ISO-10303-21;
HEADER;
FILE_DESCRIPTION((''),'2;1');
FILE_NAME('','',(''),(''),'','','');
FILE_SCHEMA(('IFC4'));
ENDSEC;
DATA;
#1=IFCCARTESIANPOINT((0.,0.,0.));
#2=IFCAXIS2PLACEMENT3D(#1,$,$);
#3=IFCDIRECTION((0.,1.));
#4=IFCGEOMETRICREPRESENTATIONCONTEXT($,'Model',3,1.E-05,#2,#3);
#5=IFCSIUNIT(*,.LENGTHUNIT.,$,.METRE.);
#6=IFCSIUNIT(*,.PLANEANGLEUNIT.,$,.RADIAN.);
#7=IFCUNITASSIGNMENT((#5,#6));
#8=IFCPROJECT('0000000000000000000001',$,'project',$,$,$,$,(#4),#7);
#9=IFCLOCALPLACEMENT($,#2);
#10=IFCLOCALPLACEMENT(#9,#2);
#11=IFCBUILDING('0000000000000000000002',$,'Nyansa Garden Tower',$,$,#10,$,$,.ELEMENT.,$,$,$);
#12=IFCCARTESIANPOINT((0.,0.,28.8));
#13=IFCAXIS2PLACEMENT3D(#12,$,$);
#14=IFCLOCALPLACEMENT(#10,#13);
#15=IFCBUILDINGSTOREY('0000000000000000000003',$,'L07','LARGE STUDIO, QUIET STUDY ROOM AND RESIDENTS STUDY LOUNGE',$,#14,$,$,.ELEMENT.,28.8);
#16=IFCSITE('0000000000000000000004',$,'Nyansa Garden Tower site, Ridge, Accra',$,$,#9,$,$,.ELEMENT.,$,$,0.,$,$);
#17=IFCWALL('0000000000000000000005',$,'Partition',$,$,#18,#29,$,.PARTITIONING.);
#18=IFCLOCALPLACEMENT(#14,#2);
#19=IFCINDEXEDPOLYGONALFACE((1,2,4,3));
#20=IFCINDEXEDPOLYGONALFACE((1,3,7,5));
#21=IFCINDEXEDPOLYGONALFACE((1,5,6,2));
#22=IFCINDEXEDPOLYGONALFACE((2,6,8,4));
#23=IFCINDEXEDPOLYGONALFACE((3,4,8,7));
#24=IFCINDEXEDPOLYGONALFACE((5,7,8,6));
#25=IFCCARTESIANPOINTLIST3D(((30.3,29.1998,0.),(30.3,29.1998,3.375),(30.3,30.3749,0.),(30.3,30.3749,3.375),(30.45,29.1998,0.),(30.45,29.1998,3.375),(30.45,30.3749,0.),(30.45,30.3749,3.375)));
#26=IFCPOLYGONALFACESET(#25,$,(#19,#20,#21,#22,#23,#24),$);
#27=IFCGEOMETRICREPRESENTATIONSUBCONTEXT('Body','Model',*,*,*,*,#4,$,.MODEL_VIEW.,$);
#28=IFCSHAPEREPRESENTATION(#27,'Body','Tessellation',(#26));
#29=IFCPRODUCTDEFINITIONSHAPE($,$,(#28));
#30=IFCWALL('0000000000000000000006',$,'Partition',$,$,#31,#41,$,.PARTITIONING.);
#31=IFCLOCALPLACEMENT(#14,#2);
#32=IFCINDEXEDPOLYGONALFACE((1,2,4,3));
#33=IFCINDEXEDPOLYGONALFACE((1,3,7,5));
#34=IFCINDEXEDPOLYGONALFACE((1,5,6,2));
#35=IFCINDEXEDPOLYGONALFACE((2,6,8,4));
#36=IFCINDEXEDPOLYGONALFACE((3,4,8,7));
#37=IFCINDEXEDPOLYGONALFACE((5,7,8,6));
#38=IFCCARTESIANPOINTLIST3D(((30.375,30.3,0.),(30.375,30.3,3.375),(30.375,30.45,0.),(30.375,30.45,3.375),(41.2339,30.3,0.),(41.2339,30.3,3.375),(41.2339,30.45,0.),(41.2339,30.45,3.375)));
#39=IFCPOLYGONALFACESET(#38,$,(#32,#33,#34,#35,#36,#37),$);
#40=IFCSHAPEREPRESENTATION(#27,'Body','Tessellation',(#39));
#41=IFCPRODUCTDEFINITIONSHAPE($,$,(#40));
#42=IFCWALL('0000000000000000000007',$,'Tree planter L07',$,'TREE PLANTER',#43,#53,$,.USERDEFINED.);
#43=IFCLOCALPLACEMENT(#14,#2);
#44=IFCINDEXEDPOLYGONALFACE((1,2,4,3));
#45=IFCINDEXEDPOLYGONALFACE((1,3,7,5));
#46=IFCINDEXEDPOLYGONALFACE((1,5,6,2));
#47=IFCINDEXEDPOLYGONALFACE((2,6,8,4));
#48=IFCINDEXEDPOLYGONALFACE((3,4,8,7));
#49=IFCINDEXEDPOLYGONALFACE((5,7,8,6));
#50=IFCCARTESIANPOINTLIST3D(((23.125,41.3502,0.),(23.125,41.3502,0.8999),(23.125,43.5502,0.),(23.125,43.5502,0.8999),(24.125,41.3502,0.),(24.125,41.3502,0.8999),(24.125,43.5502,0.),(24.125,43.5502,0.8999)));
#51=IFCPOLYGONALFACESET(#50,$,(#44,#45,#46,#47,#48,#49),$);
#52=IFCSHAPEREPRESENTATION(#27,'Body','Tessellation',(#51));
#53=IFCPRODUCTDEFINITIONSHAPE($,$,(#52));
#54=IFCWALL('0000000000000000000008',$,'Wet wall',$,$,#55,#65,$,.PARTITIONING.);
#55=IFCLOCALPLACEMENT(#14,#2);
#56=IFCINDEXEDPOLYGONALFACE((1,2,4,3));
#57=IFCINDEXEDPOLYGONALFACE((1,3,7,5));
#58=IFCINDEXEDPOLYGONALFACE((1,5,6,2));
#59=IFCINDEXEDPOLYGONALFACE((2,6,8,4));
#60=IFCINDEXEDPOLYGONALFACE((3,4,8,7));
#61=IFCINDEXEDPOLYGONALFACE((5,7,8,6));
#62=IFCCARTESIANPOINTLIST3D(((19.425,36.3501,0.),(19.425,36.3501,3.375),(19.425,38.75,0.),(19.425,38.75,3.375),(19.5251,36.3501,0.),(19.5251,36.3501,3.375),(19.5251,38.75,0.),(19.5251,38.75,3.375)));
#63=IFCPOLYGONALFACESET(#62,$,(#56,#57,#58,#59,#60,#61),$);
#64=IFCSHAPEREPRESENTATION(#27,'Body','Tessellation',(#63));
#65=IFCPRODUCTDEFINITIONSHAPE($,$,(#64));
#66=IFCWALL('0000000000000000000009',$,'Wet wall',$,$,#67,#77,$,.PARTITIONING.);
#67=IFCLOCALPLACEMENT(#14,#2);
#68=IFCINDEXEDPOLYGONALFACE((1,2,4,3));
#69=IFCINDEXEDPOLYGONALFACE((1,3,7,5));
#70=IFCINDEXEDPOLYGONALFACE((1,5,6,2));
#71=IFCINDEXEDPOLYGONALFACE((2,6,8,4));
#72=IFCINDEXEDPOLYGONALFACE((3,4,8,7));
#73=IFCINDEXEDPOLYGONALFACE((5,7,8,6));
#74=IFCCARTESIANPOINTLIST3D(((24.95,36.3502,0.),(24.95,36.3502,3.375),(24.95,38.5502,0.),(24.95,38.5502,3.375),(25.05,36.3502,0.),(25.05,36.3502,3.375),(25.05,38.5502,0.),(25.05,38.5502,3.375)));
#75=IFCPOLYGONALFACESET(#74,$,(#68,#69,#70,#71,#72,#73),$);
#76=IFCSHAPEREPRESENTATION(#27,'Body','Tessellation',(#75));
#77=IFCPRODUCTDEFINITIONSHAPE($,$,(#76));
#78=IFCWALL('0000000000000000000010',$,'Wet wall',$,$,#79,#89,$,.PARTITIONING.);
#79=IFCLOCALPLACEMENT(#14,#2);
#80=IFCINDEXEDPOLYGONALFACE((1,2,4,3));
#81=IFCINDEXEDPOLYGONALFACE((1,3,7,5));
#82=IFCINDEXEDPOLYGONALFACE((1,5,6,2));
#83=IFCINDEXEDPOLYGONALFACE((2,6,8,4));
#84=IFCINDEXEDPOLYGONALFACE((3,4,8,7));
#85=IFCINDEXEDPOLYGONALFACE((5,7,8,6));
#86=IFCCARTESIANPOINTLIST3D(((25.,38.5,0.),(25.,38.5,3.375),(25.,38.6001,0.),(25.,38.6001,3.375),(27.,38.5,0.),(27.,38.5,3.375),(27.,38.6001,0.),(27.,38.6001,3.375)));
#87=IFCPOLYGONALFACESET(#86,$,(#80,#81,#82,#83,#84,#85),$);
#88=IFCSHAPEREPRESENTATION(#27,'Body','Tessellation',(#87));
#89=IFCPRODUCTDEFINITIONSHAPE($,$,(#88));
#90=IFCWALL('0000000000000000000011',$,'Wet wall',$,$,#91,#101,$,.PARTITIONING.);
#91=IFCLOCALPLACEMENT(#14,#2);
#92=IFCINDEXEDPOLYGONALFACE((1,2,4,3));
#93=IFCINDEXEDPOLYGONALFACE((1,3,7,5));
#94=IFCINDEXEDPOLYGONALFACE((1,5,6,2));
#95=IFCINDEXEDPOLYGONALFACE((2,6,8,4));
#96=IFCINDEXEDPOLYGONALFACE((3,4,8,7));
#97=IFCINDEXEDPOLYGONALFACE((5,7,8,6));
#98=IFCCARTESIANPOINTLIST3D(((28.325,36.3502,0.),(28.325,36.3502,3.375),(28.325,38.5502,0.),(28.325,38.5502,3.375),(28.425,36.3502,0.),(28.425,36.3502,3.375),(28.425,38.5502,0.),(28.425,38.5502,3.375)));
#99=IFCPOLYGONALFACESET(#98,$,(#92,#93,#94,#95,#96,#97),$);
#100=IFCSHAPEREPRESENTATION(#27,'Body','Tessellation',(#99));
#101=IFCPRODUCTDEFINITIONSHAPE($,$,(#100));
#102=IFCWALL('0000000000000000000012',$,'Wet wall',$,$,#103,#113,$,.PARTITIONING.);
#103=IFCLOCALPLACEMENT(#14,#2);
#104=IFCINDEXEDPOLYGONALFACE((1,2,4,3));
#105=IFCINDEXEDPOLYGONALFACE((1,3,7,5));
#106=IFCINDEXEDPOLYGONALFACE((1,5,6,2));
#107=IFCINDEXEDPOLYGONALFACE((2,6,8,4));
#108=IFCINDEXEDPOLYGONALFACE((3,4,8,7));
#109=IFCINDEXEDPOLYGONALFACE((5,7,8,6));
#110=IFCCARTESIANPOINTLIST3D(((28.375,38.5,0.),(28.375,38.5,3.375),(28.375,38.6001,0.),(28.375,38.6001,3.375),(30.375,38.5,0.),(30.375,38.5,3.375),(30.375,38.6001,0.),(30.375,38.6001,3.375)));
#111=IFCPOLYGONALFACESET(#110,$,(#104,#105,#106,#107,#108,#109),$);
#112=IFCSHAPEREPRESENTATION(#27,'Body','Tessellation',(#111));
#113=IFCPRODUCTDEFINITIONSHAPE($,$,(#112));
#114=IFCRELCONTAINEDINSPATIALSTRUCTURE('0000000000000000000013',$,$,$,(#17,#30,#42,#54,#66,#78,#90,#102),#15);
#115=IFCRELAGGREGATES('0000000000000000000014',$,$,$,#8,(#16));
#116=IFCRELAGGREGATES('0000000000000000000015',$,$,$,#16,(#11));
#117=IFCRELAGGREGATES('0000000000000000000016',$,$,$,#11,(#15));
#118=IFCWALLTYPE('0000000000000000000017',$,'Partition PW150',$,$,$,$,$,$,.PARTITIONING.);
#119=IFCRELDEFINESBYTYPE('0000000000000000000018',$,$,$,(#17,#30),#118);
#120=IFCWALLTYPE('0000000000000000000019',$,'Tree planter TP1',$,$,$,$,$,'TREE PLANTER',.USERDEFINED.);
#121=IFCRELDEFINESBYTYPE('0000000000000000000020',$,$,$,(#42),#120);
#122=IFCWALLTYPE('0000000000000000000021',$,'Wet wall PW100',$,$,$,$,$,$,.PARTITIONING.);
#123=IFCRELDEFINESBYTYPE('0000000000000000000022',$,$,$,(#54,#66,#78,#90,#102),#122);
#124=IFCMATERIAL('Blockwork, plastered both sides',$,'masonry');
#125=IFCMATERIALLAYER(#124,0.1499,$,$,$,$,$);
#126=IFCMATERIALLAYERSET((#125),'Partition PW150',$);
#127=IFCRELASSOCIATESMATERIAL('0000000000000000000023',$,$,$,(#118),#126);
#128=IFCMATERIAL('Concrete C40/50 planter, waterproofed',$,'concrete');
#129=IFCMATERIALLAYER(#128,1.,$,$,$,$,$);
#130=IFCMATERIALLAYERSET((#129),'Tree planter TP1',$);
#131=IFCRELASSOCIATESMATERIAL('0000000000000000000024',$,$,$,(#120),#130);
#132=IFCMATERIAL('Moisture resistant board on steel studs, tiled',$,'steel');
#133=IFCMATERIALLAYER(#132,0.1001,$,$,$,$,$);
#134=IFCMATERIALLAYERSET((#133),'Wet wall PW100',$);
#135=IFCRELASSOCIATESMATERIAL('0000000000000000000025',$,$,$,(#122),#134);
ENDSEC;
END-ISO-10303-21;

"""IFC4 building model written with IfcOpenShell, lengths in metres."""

from ifc_helpers import new_model, si_unit, direction, frame, frame_2d, origin, place, context, subcontext, project, spatial, rectangle, extrude, material, layer, layer_set, type_object, element, save


model = new_model("IFC4")

# Units and contexts
model_context = context("Model", 3, precision=1e-05, world=origin(), true_north=direction((0.0, 1.0)))
body_context = subcontext(model_context, "Body", "Model", "MODEL_VIEW")
ifc_project = project(units=[si_unit("LENGTHUNIT", "METRE"), si_unit("PLANEANGLEUNIT", "RADIAN")], contexts=[model_context])

# Site, building, storey
site_placement = place(None, origin())
site = spatial("IfcSite", under=ifc_project, at=site_placement, Name="Nyansa Garden Tower site, Ridge, Accra", CompositionType="ELEMENT", RefElevation=0.0)
building_placement = place(site_placement, origin())
building = spatial("IfcBuilding", under=site, at=building_placement, Name="Nyansa Garden Tower", CompositionType="ELEMENT")
storey_placement = place(building_placement, frame((0.0, 0.0, 28.8)))
storey = spatial("IfcBuildingStorey", under=building, at=storey_placement, Name="L07", Description="LARGE STUDIO, QUIET STUDY ROOM AND RESIDENTS STUDY LOUNGE", CompositionType="ELEMENT", Elevation=28.8)

# Walls
ifc_material_1 = material(Name="Blockwork, plastered both sides", Category="masonry")
ifc_layer_1 = layer(ifc_material_1, 0.1499)
ifc_layer_set_1 = layer_set([ifc_layer_1], Name="Partition PW150")
wall_type_1 = type_object("IfcWallType", Name="Partition PW150", PredefinedType="PARTITIONING", material=ifc_layer_set_1)
wall_1_placement = place(storey_placement, frame((30.375, 29.2, 0.0), z_axis=(0.0, 0.0, 1.0), x_axis=(0.0, 1.0, 0.0)))
element("IfcWall", 1, at=wall_1_placement, inside=storey, type_object=wall_type_1, Name="Partition", PredefinedType="PARTITIONING", context=body_context, shape_type="SweptSolid", body=[
    extrude(rectangle(XDim=1.175, YDim=0.1499, at=frame_2d((0.5874, 0.0))), origin(), (0.0, 0.0, 1.0), 3.375),
])
wall_2_placement = place(storey_placement, frame((30.375, 30.375, 0.0), z_axis=(0.0, 0.0, 1.0), x_axis=(1.0, 0.0, 0.0)))
element("IfcWall", 2, at=wall_2_placement, inside=storey, type_object=wall_type_1, Name="Partition", PredefinedType="PARTITIONING", context=body_context, shape_type="SweptSolid", body=[
    extrude(rectangle(XDim=10.8589, YDim=0.1499, at=frame_2d((5.4294, 0.0))), origin(), (0.0, 0.0, 1.0), 3.375),
])
ifc_material_2 = material(Name="Concrete C40/50 planter, waterproofed", Category="concrete")
ifc_layer_2 = layer(ifc_material_2, 1.0)
ifc_layer_set_2 = layer_set([ifc_layer_2], Name="Tree planter TP1")
wall_type_2 = type_object("IfcWallType", Name="Tree planter TP1", ElementType="TREE PLANTER", PredefinedType="USERDEFINED", material=ifc_layer_set_2)
wall_3_placement = place(storey_placement, frame((23.625, 41.3501, 0.0), z_axis=(0.0, 0.0, 1.0), x_axis=(0.0, 1.0, 0.0)))
element("IfcWall", 3, at=wall_3_placement, inside=storey, type_object=wall_type_2, Name="Tree planter L07", ObjectType="TREE PLANTER", PredefinedType="USERDEFINED", context=body_context, shape_type="SweptSolid", body=[
    extrude(rectangle(XDim=2.2, YDim=1.0, at=frame_2d((1.1001, 0.0))), origin(), (0.0, 0.0, 1.0), 0.8999),
])
ifc_material_3 = material(Name="Moisture resistant board on steel studs, tiled", Category="steel")
ifc_layer_3 = layer(ifc_material_3, 0.1001)
ifc_layer_set_3 = layer_set([ifc_layer_3], Name="Wet wall PW100")
wall_type_3 = type_object("IfcWallType", Name="Wet wall PW100", PredefinedType="PARTITIONING", material=ifc_layer_set_3)
wall_4_placement = place(storey_placement, frame((19.4751, 36.3501, 0.0), z_axis=(0.0, 0.0, 1.0), x_axis=(0.0, 1.0, 0.0)))
element("IfcWall", 4, at=wall_4_placement, inside=storey, type_object=wall_type_3, Name="Wet wall", PredefinedType="PARTITIONING", context=body_context, shape_type="SweptSolid", body=[
    extrude(rectangle(XDim=2.3999, YDim=0.1001, at=frame_2d((1.2, 0.0))), origin(), (0.0, 0.0, 1.0), 3.375),
])
wall_5_placement = place(storey_placement, frame((25.0, 36.3501, 0.0), z_axis=(0.0, 0.0, 1.0), x_axis=(0.0, 1.0, 0.0)))
element("IfcWall", 5, at=wall_5_placement, inside=storey, type_object=wall_type_3, Name="Wet wall", PredefinedType="PARTITIONING", context=body_context, shape_type="SweptSolid", body=[
    extrude(rectangle(XDim=2.2, YDim=0.1001, at=frame_2d((1.1001, 0.0))), origin(), (0.0, 0.0, 1.0), 3.375),
])
wall_6_placement = place(storey_placement, frame((25.0, 38.55, 0.0), z_axis=(0.0, 0.0, 1.0), x_axis=(1.0, 0.0, 0.0)))
element("IfcWall", 6, at=wall_6_placement, inside=storey, type_object=wall_type_3, Name="Wet wall", PredefinedType="PARTITIONING", context=body_context, shape_type="SweptSolid", body=[
    extrude(rectangle(XDim=2.0, YDim=0.1001, at=frame_2d((1.0, 0.0))), origin(), (0.0, 0.0, 1.0), 3.375),
])
wall_7_placement = place(storey_placement, frame((28.375, 36.3501, 0.0), z_axis=(0.0, 0.0, 1.0), x_axis=(0.0, 1.0, 0.0)))
element("IfcWall", 7, at=wall_7_placement, inside=storey, type_object=wall_type_3, Name="Wet wall", PredefinedType="PARTITIONING", context=body_context, shape_type="SweptSolid", body=[
    extrude(rectangle(XDim=2.2, YDim=0.1001, at=frame_2d((1.1001, 0.0))), origin(), (0.0, 0.0, 1.0), 3.375),
])
wall_8_placement = place(storey_placement, frame((28.375, 38.55, 0.0), z_axis=(0.0, 0.0, 1.0), x_axis=(1.0, 0.0, 0.0)))
element("IfcWall", 8, at=wall_8_placement, inside=storey, type_object=wall_type_3, Name="Wet wall", PredefinedType="PARTITIONING", context=body_context, shape_type="SweptSolid", body=[
    extrude(rectangle(XDim=2.0, YDim=0.1001, at=frame_2d((1.0, 0.0))), origin(), (0.0, 0.0, 1.0), 3.375),
])

save(model, "model.ifc")
